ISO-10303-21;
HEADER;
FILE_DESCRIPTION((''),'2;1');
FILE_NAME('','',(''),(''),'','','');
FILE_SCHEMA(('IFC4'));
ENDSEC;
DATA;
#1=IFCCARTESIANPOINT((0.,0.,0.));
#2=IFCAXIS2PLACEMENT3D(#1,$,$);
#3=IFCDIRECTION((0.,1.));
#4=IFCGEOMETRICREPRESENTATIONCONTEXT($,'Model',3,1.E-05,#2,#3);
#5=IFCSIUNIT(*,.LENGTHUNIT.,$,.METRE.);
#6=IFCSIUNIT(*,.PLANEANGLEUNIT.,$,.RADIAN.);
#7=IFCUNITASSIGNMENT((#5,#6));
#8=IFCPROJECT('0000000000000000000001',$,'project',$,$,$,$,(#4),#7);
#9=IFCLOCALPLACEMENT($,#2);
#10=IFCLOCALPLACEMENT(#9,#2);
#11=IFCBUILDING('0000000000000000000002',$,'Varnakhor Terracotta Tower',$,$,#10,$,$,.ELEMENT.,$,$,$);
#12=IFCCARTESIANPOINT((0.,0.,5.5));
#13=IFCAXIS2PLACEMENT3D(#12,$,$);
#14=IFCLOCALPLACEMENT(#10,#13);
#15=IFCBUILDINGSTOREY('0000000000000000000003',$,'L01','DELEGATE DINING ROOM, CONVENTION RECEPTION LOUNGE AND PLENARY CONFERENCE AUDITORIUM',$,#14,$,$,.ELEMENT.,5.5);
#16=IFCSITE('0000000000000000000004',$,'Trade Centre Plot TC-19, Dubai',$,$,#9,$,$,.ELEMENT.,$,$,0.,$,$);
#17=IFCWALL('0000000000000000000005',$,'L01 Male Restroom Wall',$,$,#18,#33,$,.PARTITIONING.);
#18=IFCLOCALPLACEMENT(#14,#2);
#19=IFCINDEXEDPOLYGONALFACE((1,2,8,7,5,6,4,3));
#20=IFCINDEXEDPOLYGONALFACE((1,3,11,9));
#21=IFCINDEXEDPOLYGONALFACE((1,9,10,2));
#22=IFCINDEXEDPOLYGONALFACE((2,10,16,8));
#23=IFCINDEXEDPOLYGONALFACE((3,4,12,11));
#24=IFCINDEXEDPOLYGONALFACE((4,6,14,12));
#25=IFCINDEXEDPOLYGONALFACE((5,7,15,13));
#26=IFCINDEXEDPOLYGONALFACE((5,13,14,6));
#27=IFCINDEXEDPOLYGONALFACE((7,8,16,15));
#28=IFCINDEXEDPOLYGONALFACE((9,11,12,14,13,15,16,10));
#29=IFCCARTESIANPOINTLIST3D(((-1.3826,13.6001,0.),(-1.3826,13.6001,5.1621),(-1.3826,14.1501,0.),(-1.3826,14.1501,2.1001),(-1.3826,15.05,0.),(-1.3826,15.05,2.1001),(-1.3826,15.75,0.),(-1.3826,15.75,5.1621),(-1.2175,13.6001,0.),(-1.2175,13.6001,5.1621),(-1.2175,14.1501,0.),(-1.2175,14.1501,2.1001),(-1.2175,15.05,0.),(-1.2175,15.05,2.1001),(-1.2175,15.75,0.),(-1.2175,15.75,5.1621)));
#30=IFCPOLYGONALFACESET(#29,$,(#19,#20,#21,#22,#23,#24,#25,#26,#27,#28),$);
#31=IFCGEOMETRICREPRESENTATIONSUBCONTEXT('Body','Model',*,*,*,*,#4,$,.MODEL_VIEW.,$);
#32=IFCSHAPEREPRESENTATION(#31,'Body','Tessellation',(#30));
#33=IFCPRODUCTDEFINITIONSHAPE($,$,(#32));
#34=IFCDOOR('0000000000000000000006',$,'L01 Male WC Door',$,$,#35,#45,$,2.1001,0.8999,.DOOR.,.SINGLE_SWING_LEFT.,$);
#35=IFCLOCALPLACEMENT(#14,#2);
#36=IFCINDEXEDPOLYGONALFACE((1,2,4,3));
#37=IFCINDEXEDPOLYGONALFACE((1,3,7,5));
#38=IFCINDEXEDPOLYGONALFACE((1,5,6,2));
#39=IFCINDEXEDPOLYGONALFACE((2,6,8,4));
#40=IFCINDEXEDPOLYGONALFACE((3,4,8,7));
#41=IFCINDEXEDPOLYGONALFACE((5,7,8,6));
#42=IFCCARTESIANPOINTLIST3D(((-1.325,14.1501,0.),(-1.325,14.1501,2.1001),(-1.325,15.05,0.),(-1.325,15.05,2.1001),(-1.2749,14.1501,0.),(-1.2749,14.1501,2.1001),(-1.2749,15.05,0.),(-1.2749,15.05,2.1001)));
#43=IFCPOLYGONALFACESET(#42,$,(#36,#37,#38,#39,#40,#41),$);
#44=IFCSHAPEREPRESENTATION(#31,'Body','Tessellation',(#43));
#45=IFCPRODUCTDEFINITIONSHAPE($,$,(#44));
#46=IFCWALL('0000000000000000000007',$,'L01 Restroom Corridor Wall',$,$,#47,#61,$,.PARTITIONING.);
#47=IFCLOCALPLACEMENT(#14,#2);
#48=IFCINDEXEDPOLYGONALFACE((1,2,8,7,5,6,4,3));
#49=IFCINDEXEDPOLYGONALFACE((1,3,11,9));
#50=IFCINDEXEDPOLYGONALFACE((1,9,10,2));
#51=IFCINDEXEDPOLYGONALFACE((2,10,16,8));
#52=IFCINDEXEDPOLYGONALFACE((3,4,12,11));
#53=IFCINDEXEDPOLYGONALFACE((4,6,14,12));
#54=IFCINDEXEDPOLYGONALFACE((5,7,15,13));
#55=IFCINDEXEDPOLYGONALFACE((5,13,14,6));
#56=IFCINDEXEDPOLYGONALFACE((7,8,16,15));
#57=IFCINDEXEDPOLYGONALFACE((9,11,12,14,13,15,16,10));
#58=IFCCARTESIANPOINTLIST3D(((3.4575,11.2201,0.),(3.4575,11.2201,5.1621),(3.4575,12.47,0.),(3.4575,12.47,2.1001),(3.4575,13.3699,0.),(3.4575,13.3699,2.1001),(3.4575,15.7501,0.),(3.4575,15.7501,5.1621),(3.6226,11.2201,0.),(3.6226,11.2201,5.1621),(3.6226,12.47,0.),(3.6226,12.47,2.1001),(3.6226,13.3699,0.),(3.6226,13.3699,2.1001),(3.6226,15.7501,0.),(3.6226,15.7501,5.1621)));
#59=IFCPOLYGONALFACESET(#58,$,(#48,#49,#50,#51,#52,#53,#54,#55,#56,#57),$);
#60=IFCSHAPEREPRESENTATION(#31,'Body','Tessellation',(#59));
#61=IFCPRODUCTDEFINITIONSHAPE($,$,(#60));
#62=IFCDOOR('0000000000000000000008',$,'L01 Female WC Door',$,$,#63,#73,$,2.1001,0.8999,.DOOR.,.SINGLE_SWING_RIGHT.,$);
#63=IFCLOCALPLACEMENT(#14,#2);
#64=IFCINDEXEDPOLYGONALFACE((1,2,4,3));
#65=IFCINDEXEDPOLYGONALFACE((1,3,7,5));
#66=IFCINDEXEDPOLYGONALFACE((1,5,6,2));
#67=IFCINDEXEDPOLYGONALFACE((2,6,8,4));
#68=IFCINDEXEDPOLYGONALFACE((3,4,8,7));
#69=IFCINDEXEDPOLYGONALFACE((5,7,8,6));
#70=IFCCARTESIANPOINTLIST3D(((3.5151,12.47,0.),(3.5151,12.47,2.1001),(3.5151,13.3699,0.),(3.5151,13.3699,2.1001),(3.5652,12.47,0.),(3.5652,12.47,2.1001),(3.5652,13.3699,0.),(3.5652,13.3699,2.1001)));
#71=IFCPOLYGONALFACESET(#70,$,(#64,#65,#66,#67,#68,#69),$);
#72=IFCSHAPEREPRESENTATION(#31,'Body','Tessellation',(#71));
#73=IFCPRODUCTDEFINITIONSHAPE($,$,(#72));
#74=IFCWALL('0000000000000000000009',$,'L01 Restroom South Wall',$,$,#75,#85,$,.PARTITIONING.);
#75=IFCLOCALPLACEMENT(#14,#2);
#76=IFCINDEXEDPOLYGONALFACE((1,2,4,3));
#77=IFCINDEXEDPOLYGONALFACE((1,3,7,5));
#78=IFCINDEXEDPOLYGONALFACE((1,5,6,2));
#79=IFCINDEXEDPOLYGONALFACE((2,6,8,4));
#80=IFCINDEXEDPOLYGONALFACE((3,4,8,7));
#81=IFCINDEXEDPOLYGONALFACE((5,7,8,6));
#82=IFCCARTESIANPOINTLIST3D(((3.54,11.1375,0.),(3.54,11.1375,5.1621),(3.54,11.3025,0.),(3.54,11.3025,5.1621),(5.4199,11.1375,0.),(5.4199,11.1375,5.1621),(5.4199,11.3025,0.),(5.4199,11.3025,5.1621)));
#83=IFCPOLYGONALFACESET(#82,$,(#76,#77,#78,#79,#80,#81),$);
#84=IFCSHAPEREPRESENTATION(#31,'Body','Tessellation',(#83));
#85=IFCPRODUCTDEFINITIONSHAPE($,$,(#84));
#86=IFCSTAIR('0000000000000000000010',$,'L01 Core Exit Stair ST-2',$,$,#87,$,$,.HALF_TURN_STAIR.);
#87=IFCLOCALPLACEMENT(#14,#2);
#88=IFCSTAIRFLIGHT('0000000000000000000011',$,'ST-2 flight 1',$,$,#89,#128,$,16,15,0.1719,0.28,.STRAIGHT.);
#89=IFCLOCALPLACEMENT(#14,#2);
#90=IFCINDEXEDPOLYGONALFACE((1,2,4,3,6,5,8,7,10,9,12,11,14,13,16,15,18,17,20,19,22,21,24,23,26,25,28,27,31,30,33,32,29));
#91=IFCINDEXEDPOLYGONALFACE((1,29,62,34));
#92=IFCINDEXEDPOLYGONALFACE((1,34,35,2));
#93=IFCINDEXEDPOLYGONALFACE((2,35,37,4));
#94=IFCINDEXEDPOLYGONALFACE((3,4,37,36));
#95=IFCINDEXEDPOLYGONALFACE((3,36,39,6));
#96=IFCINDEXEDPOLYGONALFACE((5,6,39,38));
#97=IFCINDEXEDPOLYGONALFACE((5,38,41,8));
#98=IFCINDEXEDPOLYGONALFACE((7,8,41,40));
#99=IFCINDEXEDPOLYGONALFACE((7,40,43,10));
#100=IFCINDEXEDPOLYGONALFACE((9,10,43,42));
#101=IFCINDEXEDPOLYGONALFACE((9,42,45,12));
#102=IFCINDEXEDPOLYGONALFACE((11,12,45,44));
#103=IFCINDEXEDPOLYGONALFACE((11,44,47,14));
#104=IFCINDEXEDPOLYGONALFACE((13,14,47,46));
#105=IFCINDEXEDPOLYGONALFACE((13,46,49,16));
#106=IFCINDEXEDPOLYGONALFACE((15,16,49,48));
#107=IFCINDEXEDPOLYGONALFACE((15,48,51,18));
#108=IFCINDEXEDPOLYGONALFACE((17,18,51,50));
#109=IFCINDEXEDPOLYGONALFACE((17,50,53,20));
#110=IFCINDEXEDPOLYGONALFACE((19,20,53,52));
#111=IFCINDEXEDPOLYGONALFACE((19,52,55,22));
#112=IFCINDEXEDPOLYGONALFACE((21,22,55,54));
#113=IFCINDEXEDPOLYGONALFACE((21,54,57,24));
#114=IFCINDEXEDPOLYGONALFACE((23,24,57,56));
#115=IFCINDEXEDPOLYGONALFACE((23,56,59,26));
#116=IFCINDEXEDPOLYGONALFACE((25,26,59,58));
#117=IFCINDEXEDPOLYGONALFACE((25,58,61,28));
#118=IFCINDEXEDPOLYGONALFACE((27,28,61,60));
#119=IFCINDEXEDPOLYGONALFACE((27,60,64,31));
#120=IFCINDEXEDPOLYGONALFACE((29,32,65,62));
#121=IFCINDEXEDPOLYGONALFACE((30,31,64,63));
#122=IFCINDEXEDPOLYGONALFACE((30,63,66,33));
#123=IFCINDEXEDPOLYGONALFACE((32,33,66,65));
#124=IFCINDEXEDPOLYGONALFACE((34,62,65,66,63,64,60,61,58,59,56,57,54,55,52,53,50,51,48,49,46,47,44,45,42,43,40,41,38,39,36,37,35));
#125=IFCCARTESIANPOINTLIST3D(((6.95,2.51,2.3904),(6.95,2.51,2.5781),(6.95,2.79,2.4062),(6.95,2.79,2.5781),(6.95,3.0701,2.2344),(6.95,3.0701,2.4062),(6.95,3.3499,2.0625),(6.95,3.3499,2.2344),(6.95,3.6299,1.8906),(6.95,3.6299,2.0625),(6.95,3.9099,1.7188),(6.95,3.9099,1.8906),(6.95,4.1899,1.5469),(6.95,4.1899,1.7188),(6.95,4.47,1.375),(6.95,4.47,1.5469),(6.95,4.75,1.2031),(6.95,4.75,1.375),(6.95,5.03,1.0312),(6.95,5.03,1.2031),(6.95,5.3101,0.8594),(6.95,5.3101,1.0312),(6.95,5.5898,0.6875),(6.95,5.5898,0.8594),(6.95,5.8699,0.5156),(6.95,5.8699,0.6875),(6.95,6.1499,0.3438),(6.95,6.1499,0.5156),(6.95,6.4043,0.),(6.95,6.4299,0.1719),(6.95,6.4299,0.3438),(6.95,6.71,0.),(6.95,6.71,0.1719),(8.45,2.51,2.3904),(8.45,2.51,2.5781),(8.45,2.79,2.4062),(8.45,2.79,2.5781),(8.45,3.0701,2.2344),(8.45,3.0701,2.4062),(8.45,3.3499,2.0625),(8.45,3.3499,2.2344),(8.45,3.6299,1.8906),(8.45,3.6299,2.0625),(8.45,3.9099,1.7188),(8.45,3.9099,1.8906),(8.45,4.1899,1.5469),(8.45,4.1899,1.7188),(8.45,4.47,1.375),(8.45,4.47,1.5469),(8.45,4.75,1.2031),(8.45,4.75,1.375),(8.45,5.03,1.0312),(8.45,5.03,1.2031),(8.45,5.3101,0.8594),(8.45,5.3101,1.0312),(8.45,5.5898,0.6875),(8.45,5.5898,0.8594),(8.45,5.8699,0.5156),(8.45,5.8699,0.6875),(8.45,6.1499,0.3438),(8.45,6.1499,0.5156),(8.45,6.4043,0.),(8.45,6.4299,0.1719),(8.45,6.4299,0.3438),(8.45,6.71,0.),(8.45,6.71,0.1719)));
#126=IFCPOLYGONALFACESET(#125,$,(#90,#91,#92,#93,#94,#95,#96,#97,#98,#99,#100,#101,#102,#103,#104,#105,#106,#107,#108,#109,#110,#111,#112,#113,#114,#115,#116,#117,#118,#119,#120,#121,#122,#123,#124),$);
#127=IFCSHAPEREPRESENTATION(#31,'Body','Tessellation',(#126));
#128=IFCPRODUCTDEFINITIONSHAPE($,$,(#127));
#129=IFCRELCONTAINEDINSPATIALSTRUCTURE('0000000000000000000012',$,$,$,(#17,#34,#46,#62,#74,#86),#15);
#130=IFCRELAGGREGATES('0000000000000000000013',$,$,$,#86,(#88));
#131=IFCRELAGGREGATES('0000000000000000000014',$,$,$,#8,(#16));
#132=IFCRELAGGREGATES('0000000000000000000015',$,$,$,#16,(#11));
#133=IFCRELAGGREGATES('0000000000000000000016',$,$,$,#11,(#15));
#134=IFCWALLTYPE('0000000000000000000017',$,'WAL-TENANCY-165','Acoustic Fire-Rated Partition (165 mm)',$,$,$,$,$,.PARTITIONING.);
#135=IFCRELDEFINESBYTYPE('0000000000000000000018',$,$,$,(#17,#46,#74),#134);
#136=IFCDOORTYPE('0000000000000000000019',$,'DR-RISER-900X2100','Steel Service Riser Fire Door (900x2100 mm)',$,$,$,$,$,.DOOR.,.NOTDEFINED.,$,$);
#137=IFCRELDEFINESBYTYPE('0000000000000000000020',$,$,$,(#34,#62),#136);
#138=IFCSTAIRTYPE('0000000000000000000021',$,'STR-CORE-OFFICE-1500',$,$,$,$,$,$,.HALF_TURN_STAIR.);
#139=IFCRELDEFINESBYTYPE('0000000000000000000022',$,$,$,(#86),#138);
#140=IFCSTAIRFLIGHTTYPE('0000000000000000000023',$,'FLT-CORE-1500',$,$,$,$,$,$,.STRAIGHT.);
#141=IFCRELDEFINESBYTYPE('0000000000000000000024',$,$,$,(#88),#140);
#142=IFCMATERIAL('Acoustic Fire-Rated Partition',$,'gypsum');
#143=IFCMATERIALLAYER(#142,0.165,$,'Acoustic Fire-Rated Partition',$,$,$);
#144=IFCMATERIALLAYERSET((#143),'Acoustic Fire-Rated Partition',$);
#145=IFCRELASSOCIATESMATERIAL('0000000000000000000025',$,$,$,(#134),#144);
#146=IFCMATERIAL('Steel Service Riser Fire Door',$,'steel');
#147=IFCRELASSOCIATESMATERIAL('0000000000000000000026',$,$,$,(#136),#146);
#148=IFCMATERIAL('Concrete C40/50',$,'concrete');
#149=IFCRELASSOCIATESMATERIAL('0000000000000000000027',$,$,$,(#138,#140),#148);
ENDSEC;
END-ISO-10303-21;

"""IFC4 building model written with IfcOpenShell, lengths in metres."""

from ifc_helpers import new_model, si_unit, direction, frame, frame_2d, origin, place, context, subcontext, project, spatial, polyline, rectangle, outline, extrude, source, transform, mapped, material, layer, layer_set, type_object, type_shapes, element, fill, aggregate, save


model = new_model("IFC4")

# Units and contexts
model_context = context("Model", 3, precision=1e-05, world=origin(), true_north=direction((0.0, 1.0)))
body_context = subcontext(model_context, "Body", "Model", "MODEL_VIEW")
ifc_project = project(units=[si_unit("LENGTHUNIT", "METRE"), si_unit("PLANEANGLEUNIT", "RADIAN")], contexts=[model_context])

# Site, building, storey
site_placement = place(None, origin())
site = spatial("IfcSite", under=ifc_project, at=site_placement, Name="Trade Centre Plot TC-19, Dubai", CompositionType="ELEMENT", RefElevation=0.0)
building_placement = place(site_placement, origin())
building = spatial("IfcBuilding", under=site, at=building_placement, Name="Varnakhor Terracotta Tower", CompositionType="ELEMENT")
storey_placement = place(building_placement, frame((0.0, 0.0, 5.5)))
storey = spatial("IfcBuildingStorey", under=building, at=storey_placement, Name="L01", Description="DELEGATE DINING ROOM, CONVENTION RECEPTION LOUNGE AND PLENARY CONFERENCE AUDITORIUM", CompositionType="ELEMENT", Elevation=5.5)

# Shared definitions
ifc_material_1 = material(Name="Concrete C40/50", Category="concrete")

# Shared definitions
ifc_material_2 = material(Name="Acoustic Fire-Rated Partition", Category="gypsum")
ifc_layer_1 = layer(ifc_material_2, 0.165, Name="Acoustic Fire-Rated Partition")
ifc_layer_set_1 = layer_set([ifc_layer_1], Name="Acoustic Fire-Rated Partition")
wall_type_1 = type_object("IfcWallType", Name="WAL-TENANCY-165", Description="Acoustic Fire-Rated Partition (165 mm)", PredefinedType="PARTITIONING", material=ifc_layer_set_1)
ifc_material_3 = material(Name="Steel Service Riser Fire Door", Category="steel")
door_type = type_object("IfcDoorType", Name="DR-RISER-900X2100", Description="Steel Service Riser Fire Door (900x2100 mm)", OperationType="NOTDEFINED", PredefinedType="DOOR", material=ifc_material_3)
shared_shape_1 = source(origin(), body_context, "Body", "SweptSolid", [
    extrude(rectangle(XDim=0.8999, YDim=2.1001, at=frame_2d((0.45, 1.05))), frame((0.0, 0.0249, 0.0), z_axis=(0.0, -1.0, 0.0), x_axis=(1.0, 0.0, 0.0)), (0.0, 0.0, 1.0), 0.05),
])
type_shapes(door_type, [shared_shape_1])

# Walls, openings, doors
wall_1_placement = place(storey_placement, frame((-1.3, 13.6001, 0.0), z_axis=(0.0, 0.0, 1.0), x_axis=(0.0, 1.0, 0.0)))
wall_1 = element("IfcWall", 1, at=wall_1_placement, inside=storey, type_object=wall_type_1, Name="L01 Male Restroom Wall", PredefinedType="PARTITIONING", context=body_context, shape_type="SweptSolid", body=[
    extrude(rectangle(XDim=2.1499, YDim=0.165, at=frame_2d((1.075, 0.0))), origin(), (0.0, 0.0, 1.0), 5.1621),
])
opening_1_placement = place(wall_1_placement, frame((0.55, 0.0, 0.0)))
opening_1 = element("IfcOpeningElement", 2, at=opening_1_placement, cuts=wall_1, PredefinedType="OPENING", context=body_context, shape_type="SweptSolid", body=[
    extrude(rectangle(XDim=0.8999, YDim=2.1001, at=frame_2d((0.45, 1.05))), frame((0.0, 0.0925, 0.0), z_axis=(0.0, -1.0, 0.0), x_axis=(1.0, 0.0, 0.0)), (0.0, 0.0, 1.0), 0.1851),
])
door_1_placement = place(opening_1_placement, origin())
door_1 = element("IfcDoor", 3, at=door_1_placement, inside=storey, type_object=door_type, Name="L01 Male WC Door", OperationType="SINGLE_SWING_LEFT", OverallHeight=2.1001, OverallWidth=0.8999, PredefinedType="DOOR", context=body_context, shape_type="MappedRepresentation", body=[
    mapped(shared_shape_1, transform((0.0, 0.0, 0.0), scale=1.0)),
])
fill(opening_1, door_1)
wall_2_placement = place(storey_placement, frame((3.54, 11.22, 0.0), z_axis=(0.0, 0.0, 1.0), x_axis=(0.0, 1.0, 0.0)))
wall_2 = element("IfcWall", 4, at=wall_2_placement, inside=storey, type_object=wall_type_1, Name="L01 Restroom Corridor Wall", PredefinedType="PARTITIONING", context=body_context, shape_type="SweptSolid", body=[
    extrude(rectangle(XDim=4.53, YDim=0.165, at=frame_2d((2.2651, 0.0))), origin(), (0.0, 0.0, 1.0), 5.1621),
])
opening_2_placement = place(wall_2_placement, frame((1.25, 0.0, 0.0)))
opening_2 = element("IfcOpeningElement", 5, at=opening_2_placement, cuts=wall_2, PredefinedType="OPENING", context=body_context, shape_type="SweptSolid", body=[
    extrude(rectangle(XDim=0.8999, YDim=2.1001, at=frame_2d((0.45, 1.05))), frame((0.0, 0.0925, 0.0), z_axis=(0.0, -1.0, 0.0), x_axis=(1.0, 0.0, 0.0)), (0.0, 0.0, 1.0), 0.1851),
])
door_2_placement = place(opening_2_placement, origin())
door_2 = element("IfcDoor", 6, at=door_2_placement, inside=storey, type_object=door_type, Name="L01 Female WC Door", OperationType="SINGLE_SWING_RIGHT", OverallHeight=2.1001, OverallWidth=0.8999, PredefinedType="DOOR", context=body_context, shape_type="MappedRepresentation", body=[
    mapped(shared_shape_1, transform((0.0, 0.0, 0.0), scale=1.0)),
])
fill(opening_2, door_2)

# Wall
wall_3_placement = place(storey_placement, frame((3.54, 11.22, 0.0), z_axis=(0.0, 0.0, 1.0), x_axis=(1.0, 0.0, 0.0)))
element("IfcWall", 7, at=wall_3_placement, inside=storey, type_object=wall_type_1, Name="L01 Restroom South Wall", PredefinedType="PARTITIONING", context=body_context, shape_type="SweptSolid", body=[
    extrude(rectangle(XDim=1.8799, YDim=0.165, at=frame_2d((0.9399, 0.0))), origin(), (0.0, 0.0, 1.0), 5.1621),
])

# Stair, stair flight
stair_type = type_object("IfcStairType", Name="STR-CORE-OFFICE-1500", PredefinedType="HALF_TURN_STAIR", material=ifc_material_1)
stair_placement = place(storey_placement, origin())
stair = element("IfcStair", 8, at=stair_placement, inside=storey, type_object=stair_type, Name="L01 Core Exit Stair ST-2", PredefinedType="HALF_TURN_STAIR")
stair_flight_type = type_object("IfcStairFlightType", Name="FLT-CORE-1500", PredefinedType="STRAIGHT", material=ifc_material_1)
stair_flight_placement = place(storey_placement, frame((7.7, 6.71, 0.0), z_axis=(0.0, 0.0, 1.0), x_axis=(0.0, -1.0, 0.0)))
stair_flight = element("IfcStairFlight", 9, at=stair_flight_placement, type_object=stair_flight_type, Name="ST-2 flight 1", NumberOfRisers=16, NumberOfTreads=15, PredefinedType="STRAIGHT", RiserHeight=0.1719, TreadLength=0.28, context=body_context, shape_type="SweptSolid", body=[
    extrude(outline(polyline([(0.0, 0.0), (0.0, 0.1719), (0.28, 0.1719), (0.28, 0.3438), (0.5601, 0.3438), (0.5601, 0.5156), (0.8401, 0.5156), (0.8401, 0.6875), (1.1201, 0.6875), (1.1201, 0.8594), (1.3999, 0.8594), (1.3999, 1.0312), (1.6799, 1.0312), (1.6799, 1.2031), (1.96, 1.2031), (1.96, 1.375), (2.24, 1.375), (2.24, 1.5469), (2.52, 1.5469), (2.52, 1.7188), (2.8, 1.7188), (2.8, 1.8906), (3.0801, 1.8906), (3.0801, 2.0625), (3.3601, 2.0625), (3.3601, 2.2344), (3.6399, 2.2344), (3.6399, 2.4062), (3.9199, 2.4062), (3.9199, 2.5781), (4.2, 2.5781), (4.2, 2.75), (4.2, 2.3904), (0.3057, 0.0), (0.0, 0.0)])), frame((0.0, 0.75, 0.0), z_axis=(0.0, -1.0, 0.0), x_axis=(1.0, 0.0, 0.0)), (0.0, 0.0, 1.0), 1.5),
])
aggregate(stair, [stair_flight])

save(model, "model.ifc")
